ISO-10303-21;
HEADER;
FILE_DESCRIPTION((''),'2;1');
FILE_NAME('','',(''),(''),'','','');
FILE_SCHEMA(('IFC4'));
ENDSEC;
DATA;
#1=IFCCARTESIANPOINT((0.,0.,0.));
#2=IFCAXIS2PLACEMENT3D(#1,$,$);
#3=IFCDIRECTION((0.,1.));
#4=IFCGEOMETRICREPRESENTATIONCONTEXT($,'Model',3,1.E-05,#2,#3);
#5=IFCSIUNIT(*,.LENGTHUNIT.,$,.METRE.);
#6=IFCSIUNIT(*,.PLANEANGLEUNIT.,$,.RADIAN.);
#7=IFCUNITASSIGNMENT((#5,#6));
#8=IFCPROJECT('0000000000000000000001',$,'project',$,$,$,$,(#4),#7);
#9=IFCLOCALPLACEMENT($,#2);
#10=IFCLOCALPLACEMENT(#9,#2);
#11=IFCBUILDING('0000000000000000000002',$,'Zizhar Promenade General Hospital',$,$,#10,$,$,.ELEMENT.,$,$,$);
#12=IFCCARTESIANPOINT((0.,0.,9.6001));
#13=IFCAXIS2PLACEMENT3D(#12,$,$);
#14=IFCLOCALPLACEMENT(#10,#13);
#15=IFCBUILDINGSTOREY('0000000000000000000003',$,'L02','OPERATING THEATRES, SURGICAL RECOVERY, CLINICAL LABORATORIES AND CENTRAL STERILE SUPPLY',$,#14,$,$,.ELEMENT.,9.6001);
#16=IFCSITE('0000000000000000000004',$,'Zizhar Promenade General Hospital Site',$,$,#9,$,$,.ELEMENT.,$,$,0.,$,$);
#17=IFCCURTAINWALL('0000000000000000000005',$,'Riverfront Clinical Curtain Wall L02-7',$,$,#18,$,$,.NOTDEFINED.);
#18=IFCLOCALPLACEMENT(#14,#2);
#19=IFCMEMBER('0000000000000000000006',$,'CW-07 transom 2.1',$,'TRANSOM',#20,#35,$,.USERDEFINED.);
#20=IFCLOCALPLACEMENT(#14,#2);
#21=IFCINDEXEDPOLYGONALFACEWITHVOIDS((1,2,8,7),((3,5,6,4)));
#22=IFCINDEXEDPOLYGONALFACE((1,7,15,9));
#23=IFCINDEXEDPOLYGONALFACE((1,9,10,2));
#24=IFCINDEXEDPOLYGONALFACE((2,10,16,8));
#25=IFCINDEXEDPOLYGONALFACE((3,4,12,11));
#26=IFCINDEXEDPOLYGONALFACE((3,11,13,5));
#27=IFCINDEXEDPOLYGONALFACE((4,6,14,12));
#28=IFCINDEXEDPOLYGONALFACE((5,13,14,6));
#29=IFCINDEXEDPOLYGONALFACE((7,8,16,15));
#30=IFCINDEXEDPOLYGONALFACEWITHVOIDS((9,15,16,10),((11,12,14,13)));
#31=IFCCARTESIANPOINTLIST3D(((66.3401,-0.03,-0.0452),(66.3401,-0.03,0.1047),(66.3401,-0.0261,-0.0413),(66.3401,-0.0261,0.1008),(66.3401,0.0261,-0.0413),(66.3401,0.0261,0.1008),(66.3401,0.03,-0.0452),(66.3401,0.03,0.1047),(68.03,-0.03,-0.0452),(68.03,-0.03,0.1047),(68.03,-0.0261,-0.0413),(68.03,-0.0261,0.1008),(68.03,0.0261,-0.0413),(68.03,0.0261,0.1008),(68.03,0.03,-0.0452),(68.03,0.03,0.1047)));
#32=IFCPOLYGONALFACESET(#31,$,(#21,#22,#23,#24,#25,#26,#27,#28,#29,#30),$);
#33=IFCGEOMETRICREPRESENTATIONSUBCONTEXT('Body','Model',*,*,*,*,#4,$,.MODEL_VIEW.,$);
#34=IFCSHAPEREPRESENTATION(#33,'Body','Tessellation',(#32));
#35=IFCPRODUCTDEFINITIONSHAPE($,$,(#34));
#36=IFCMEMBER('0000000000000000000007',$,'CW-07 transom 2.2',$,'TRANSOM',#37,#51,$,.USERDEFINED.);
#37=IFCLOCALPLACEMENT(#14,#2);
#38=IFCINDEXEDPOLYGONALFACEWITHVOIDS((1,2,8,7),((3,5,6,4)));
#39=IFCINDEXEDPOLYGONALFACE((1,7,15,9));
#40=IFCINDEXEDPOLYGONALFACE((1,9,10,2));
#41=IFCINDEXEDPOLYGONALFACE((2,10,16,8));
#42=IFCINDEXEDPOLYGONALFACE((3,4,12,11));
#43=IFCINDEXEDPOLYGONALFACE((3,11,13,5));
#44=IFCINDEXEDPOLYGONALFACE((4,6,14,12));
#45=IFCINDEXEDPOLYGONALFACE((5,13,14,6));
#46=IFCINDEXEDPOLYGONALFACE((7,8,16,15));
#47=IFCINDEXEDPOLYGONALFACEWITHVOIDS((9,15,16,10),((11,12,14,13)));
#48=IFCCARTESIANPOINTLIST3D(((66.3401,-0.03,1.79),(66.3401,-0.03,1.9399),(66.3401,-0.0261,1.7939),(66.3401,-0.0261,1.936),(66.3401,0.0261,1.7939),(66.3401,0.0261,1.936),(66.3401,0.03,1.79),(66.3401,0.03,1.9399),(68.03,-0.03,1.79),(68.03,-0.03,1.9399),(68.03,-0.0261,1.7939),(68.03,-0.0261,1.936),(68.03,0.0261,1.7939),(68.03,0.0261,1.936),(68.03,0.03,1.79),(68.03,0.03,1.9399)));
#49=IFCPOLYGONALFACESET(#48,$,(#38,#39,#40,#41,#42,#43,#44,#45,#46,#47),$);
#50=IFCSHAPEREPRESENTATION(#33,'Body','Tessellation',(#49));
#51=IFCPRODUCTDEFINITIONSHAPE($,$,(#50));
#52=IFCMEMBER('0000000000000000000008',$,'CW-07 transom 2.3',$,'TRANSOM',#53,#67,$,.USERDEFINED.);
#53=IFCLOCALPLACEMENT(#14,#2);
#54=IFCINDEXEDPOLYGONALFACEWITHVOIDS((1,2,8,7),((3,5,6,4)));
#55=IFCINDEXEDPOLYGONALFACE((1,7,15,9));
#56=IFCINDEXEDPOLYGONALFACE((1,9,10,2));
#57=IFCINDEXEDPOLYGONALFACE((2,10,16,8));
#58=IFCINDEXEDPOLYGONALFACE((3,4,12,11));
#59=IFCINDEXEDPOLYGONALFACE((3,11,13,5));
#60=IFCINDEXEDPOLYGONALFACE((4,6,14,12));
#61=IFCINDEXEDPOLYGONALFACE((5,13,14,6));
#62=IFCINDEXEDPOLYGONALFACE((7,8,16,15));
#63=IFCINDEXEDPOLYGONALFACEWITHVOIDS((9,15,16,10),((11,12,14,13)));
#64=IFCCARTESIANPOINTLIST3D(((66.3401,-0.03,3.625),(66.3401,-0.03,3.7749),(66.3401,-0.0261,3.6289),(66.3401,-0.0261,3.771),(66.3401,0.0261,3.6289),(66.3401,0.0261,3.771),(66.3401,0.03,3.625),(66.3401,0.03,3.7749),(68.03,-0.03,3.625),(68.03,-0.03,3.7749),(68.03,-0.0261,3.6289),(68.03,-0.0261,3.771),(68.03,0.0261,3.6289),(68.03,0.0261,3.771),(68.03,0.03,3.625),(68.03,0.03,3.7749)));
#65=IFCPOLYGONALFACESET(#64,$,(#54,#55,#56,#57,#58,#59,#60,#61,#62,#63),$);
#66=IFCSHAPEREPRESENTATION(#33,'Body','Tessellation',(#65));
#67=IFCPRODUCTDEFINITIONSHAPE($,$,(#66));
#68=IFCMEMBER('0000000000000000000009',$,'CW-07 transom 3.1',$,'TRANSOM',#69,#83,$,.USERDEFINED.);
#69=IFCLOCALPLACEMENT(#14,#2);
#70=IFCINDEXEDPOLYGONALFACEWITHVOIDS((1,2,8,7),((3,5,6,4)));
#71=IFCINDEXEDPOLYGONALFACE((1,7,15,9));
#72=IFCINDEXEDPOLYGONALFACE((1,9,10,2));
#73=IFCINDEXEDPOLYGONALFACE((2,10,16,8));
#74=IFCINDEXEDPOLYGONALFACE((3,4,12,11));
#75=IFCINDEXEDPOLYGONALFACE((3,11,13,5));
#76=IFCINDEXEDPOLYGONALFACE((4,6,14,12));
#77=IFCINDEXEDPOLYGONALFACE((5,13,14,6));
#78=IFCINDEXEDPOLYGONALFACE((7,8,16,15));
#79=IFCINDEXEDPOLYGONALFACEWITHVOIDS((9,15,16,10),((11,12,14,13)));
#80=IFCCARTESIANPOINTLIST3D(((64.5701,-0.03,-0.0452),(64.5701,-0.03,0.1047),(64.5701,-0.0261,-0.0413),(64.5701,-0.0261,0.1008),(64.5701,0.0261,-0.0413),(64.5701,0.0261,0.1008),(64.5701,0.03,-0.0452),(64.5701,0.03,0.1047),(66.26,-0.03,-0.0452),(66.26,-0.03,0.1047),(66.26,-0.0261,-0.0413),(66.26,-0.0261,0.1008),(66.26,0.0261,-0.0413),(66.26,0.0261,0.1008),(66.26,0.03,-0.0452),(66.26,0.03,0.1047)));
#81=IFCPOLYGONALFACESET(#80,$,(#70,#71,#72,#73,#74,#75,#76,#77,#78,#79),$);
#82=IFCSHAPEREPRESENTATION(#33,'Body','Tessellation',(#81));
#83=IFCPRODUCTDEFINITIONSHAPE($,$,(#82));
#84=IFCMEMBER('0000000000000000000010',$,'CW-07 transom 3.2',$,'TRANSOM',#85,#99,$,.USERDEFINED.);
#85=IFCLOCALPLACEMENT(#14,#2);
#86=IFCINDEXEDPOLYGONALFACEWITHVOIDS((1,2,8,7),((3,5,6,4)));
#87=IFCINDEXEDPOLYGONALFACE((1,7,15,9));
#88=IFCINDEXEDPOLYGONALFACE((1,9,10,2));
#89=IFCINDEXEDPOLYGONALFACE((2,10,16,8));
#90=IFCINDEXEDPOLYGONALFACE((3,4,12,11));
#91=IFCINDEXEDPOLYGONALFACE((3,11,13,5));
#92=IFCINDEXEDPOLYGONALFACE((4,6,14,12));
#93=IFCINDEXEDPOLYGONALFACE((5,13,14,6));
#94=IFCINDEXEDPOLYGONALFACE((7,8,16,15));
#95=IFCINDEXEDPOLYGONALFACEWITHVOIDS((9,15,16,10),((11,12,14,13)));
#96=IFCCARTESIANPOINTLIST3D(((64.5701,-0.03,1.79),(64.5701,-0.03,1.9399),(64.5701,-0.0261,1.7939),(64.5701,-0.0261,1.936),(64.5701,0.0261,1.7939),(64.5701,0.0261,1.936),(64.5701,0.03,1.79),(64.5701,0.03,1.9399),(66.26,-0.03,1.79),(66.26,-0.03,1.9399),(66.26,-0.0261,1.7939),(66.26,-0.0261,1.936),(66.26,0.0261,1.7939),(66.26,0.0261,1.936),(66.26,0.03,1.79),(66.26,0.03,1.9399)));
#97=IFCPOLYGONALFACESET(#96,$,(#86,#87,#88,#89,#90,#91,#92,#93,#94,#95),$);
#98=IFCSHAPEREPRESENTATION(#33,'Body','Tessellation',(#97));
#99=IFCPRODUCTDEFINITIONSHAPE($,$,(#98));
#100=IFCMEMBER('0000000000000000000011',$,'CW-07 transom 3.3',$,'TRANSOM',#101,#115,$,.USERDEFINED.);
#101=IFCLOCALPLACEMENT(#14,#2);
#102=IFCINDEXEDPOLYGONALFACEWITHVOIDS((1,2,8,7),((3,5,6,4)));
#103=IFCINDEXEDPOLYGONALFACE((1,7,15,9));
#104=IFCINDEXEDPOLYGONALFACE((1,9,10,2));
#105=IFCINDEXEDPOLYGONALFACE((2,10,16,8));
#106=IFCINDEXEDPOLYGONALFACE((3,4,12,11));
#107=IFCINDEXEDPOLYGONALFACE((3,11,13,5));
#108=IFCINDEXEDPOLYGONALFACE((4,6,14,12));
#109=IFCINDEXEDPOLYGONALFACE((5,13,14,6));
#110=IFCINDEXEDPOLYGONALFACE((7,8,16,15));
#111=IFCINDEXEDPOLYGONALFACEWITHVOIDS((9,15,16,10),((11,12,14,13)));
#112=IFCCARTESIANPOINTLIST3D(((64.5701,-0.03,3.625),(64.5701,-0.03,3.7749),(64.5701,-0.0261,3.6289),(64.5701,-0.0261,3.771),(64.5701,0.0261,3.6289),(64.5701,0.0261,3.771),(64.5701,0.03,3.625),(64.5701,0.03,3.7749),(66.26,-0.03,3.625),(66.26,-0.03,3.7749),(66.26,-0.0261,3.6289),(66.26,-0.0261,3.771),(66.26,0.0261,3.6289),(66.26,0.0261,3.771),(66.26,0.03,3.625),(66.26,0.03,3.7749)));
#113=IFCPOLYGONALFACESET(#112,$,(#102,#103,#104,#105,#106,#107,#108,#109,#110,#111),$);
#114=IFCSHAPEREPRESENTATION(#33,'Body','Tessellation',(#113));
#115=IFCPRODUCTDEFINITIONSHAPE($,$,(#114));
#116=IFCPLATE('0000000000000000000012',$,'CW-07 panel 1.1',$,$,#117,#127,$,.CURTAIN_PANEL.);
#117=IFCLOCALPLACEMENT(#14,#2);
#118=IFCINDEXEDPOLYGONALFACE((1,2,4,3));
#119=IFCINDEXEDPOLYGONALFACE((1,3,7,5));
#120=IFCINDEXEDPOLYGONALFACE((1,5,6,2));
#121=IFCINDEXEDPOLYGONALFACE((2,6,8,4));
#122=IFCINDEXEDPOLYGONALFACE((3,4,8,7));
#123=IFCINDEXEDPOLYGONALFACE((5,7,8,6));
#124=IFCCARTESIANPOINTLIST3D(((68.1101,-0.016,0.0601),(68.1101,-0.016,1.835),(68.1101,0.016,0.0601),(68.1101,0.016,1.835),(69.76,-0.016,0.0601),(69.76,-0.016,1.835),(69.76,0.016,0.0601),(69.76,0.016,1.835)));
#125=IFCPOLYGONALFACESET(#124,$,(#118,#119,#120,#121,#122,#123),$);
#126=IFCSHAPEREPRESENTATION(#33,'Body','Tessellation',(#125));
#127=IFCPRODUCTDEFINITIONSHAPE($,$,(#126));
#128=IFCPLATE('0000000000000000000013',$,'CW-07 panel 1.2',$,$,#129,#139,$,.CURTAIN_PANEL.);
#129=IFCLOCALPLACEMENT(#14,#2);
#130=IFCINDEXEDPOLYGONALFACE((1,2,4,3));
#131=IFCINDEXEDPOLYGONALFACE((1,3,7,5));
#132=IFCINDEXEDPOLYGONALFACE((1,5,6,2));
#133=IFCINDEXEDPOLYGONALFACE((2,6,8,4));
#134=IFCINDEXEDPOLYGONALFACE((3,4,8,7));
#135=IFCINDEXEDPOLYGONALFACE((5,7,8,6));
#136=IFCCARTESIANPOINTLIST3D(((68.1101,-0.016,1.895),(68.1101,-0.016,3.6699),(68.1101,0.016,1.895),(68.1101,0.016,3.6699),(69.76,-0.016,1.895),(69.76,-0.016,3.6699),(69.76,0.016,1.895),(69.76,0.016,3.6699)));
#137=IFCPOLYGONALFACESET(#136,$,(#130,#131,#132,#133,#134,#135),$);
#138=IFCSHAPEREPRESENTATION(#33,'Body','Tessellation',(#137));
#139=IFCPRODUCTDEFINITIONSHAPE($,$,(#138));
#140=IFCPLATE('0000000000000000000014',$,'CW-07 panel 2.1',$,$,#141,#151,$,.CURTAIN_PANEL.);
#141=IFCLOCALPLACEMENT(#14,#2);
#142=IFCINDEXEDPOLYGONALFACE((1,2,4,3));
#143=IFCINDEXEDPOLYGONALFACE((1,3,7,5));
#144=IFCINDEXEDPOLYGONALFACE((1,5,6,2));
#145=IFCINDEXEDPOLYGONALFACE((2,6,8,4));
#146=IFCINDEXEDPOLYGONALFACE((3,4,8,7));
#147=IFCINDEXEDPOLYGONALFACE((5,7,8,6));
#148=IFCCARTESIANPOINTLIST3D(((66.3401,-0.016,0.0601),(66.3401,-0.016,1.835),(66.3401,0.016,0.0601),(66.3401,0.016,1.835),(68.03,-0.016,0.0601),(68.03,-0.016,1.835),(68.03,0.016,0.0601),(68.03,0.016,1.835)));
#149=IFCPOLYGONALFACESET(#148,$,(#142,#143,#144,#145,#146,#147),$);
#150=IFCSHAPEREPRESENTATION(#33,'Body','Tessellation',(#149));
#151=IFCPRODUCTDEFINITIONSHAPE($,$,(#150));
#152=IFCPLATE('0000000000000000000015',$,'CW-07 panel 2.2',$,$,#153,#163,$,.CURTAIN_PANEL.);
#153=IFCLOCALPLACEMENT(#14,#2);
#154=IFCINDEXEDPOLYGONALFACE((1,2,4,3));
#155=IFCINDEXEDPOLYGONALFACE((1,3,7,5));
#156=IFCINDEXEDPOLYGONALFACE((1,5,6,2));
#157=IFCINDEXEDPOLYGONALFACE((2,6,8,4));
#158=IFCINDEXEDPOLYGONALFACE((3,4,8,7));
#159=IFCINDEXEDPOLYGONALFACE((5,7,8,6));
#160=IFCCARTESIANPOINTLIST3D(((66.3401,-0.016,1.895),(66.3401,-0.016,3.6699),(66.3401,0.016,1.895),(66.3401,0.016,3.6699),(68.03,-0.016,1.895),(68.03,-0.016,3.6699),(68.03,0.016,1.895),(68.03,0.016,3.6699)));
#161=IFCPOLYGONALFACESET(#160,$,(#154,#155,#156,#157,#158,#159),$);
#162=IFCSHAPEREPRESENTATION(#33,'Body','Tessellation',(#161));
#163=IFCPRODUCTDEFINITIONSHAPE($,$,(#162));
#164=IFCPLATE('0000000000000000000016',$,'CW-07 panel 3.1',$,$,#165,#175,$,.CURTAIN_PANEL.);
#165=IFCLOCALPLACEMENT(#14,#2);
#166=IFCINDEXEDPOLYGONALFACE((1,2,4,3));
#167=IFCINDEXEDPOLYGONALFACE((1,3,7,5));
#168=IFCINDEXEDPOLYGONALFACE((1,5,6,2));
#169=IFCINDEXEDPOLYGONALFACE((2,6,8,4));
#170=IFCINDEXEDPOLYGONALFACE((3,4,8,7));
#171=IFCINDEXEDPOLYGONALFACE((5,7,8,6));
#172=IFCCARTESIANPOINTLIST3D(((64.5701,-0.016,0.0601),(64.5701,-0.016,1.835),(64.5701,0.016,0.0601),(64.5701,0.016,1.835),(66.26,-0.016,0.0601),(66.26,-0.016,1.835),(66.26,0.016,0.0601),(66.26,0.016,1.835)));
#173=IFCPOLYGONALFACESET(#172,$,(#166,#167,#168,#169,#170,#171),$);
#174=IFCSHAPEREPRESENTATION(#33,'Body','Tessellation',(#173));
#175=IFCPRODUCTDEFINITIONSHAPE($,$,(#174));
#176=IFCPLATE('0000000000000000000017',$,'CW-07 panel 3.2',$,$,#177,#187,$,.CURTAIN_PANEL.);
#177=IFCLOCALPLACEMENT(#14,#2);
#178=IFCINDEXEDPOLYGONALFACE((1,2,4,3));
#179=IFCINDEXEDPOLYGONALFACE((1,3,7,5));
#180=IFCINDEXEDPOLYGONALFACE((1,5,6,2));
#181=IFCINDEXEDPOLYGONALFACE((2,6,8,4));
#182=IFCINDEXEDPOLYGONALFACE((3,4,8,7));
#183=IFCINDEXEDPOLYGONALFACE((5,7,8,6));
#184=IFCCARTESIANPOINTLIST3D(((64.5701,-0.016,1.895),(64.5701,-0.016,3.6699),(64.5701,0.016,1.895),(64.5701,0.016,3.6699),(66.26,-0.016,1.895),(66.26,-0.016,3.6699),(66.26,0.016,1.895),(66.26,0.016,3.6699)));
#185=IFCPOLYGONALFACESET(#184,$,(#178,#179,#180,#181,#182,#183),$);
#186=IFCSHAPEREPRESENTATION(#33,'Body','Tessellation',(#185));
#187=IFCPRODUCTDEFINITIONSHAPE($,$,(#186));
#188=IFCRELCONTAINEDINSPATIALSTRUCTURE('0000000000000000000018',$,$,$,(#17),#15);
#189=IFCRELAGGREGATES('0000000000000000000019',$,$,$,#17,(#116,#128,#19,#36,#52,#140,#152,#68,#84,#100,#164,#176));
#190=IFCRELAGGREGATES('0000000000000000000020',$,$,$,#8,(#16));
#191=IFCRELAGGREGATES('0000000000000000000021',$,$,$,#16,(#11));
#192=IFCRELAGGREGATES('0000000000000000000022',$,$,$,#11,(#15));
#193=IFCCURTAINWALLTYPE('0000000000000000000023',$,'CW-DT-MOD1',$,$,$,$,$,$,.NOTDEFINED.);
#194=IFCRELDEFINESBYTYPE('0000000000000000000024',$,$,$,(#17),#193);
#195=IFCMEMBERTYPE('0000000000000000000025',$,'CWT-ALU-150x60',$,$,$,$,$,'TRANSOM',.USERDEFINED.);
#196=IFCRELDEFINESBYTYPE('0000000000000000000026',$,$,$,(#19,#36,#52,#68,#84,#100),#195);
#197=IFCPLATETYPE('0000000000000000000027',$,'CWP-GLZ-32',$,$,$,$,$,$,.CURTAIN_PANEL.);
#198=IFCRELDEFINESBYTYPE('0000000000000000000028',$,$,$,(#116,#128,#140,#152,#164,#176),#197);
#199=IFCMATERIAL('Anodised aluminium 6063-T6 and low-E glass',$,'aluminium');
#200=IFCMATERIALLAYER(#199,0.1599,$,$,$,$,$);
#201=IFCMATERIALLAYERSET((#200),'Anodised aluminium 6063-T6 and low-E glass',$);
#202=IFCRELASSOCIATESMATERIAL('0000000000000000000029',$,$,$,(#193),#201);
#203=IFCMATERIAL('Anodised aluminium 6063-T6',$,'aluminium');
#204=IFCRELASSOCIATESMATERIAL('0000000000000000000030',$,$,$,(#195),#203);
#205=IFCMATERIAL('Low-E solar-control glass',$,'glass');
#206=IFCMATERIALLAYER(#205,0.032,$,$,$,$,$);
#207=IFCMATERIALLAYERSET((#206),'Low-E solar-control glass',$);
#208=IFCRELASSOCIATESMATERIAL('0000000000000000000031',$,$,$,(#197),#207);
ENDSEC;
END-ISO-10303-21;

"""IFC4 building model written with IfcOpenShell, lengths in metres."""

from ifc_helpers import new_model, si_unit, direction, frame, origin, origin_2d, place, context, subcontext, project, spatial, rectangle, hollow_rectangle, extrude, material, layer, layer_set, material_profile, profile_set, type_object, element, aggregate, save


model = new_model("IFC4")

# Units and contexts
model_context = context("Model", 3, precision=1e-05, world=origin(), true_north=direction((0.0, 1.0)))
body_context = subcontext(model_context, "Body", "Model", "MODEL_VIEW")
ifc_project = project(units=[si_unit("LENGTHUNIT", "METRE"), si_unit("PLANEANGLEUNIT", "RADIAN")], contexts=[model_context])

# Site, building, storey
site_placement = place(None, origin())
site = spatial("IfcSite", under=ifc_project, at=site_placement, Name="Zizhar Promenade General Hospital Site", CompositionType="ELEMENT", RefElevation=0.0)
building_placement = place(site_placement, origin())
building = spatial("IfcBuilding", under=site, at=building_placement, Name="Zizhar Promenade General Hospital", CompositionType="ELEMENT")
storey_placement = place(building_placement, frame((0.0, 0.0, 9.6001)))
storey = spatial("IfcBuildingStorey", under=building, at=storey_placement, Name="L02", Description="OPERATING THEATRES, SURGICAL RECOVERY, CLINICAL LABORATORIES AND CENTRAL STERILE SUPPLY", CompositionType="ELEMENT", Elevation=9.6001)

# Curtain wall, members, plates
ifc_material_1 = material(Name="Anodised aluminium 6063-T6 and low-E glass", Category="aluminium")
ifc_layer_1 = layer(ifc_material_1, 0.1599)
ifc_layer_set_1 = layer_set([ifc_layer_1], Name="Anodised aluminium 6063-T6 and low-E glass")
curtain_wall_type = type_object("IfcCurtainWallType", Name="CW-DT-MOD1", PredefinedType="NOTDEFINED", material=ifc_layer_set_1)
curtain_wall_placement = place(storey_placement, origin())
curtain_wall = element("IfcCurtainWall", 1, at=curtain_wall_placement, inside=storey, type_object=curtain_wall_type, Name="Riverfront Clinical Curtain Wall L02-7", PredefinedType="NOTDEFINED")
ifc_material_2 = material(Name="Anodised aluminium 6063-T6", Category="aluminium")
ifc_material_profile_1 = material_profile(ifc_material_2, hollow_rectangle(XDim=0.0601, YDim=0.1499, WallThickness=0.0039, at=origin_2d()))
ifc_profile_set_1 = profile_set([ifc_material_profile_1], Name="Anodised aluminium 6063-T6")
member_type_1 = type_object("IfcMemberType", Name="CWT-ALU-150x60", ElementType="TRANSOM", PredefinedType="USERDEFINED", material=ifc_profile_set_1)
member_1_placement = place(storey_placement, frame((68.03, 0.0, 0.0298), z_axis=(-1.0, 0.0, 0.0), x_axis=(0.0, -1.0, 0.0)))
member_1 = element("IfcMember", 2, at=member_1_placement, type_object=member_type_1, Name="CW-07 transom 2.1", ObjectType="TRANSOM", PredefinedType="USERDEFINED", context=body_context, shape_type="SweptSolid", body=[
    extrude(hollow_rectangle(XDim=0.0601, YDim=0.1499, WallThickness=0.0039, at=origin_2d()), origin(), (0.0, 0.0, 1.0), 1.6899),
])
member_2_placement = place(storey_placement, frame((68.03, 0.0, 1.865), z_axis=(-1.0, 0.0, 0.0), x_axis=(0.0, -1.0, 0.0)))
member_2 = element("IfcMember", 3, at=member_2_placement, type_object=member_type_1, Name="CW-07 transom 2.2", ObjectType="TRANSOM", PredefinedType="USERDEFINED", context=body_context, shape_type="SweptSolid", body=[
    extrude(hollow_rectangle(XDim=0.0601, YDim=0.1499, WallThickness=0.0039, at=origin_2d()), origin(), (0.0, 0.0, 1.0), 1.6899),
])
member_3_placement = place(storey_placement, frame((68.03, 0.0, 3.7), z_axis=(-1.0, 0.0, 0.0), x_axis=(0.0, -1.0, 0.0)))
member_3 = element("IfcMember", 4, at=member_3_placement, type_object=member_type_1, Name="CW-07 transom 2.3", ObjectType="TRANSOM", PredefinedType="USERDEFINED", context=body_context, shape_type="SweptSolid", body=[
    extrude(hollow_rectangle(XDim=0.0601, YDim=0.1499, WallThickness=0.0039, at=origin_2d()), origin(), (0.0, 0.0, 1.0), 1.6899),
])
member_4_placement = place(storey_placement, frame((66.26, 0.0, 0.0298), z_axis=(-1.0, 0.0, 0.0), x_axis=(0.0, -1.0, 0.0)))
member_4 = element("IfcMember", 5, at=member_4_placement, type_object=member_type_1, Name="CW-07 transom 3.1", ObjectType="TRANSOM", PredefinedType="USERDEFINED", context=body_context, shape_type="SweptSolid", body=[
    extrude(hollow_rectangle(XDim=0.0601, YDim=0.1499, WallThickness=0.0039, at=origin_2d()), origin(), (0.0, 0.0, 1.0), 1.6899),
])
member_5_placement = place(storey_placement, frame((66.26, 0.0, 1.865), z_axis=(-1.0, 0.0, 0.0), x_axis=(0.0, -1.0, 0.0)))
member_5 = element("IfcMember", 6, at=member_5_placement, type_object=member_type_1, Name="CW-07 transom 3.2", ObjectType="TRANSOM", PredefinedType="USERDEFINED", context=body_context, shape_type="SweptSolid", body=[
    extrude(hollow_rectangle(XDim=0.0601, YDim=0.1499, WallThickness=0.0039, at=origin_2d()), origin(), (0.0, 0.0, 1.0), 1.6899),
])
member_6_placement = place(storey_placement, frame((66.26, 0.0, 3.7), z_axis=(-1.0, 0.0, 0.0), x_axis=(0.0, -1.0, 0.0)))
member_6 = element("IfcMember", 7, at=member_6_placement, type_object=member_type_1, Name="CW-07 transom 3.3", ObjectType="TRANSOM", PredefinedType="USERDEFINED", context=body_context, shape_type="SweptSolid", body=[
    extrude(hollow_rectangle(XDim=0.0601, YDim=0.1499, WallThickness=0.0039, at=origin_2d()), origin(), (0.0, 0.0, 1.0), 1.6899),
])
ifc_material_3 = material(Name="Low-E solar-control glass", Category="glass")
ifc_layer_2 = layer(ifc_material_3, 0.032)
ifc_layer_set_2 = layer_set([ifc_layer_2], Name="Low-E solar-control glass")
plate_type = type_object("IfcPlateType", Name="CWP-GLZ-32", PredefinedType="CURTAIN_PANEL", material=ifc_layer_set_2)
plate_1_placement = place(storey_placement, frame((68.9351, 0.0, 0.0601), z_axis=(0.0, 0.0, 1.0), x_axis=(-1.0, 0.0, 0.0)))
plate_1 = element("IfcPlate", 8, at=plate_1_placement, type_object=plate_type, Name="CW-07 panel 1.1", PredefinedType="CURTAIN_PANEL", context=body_context, shape_type="SweptSolid", body=[
    extrude(rectangle(XDim=1.6499, YDim=0.032, at=origin_2d()), origin(), (0.0, 0.0, 1.0), 1.7749),
])
plate_2_placement = place(storey_placement, frame((68.9351, 0.0, 1.895), z_axis=(0.0, 0.0, 1.0), x_axis=(-1.0, 0.0, 0.0)))
plate_2 = element("IfcPlate", 9, at=plate_2_placement, type_object=plate_type, Name="CW-07 panel 1.2", PredefinedType="CURTAIN_PANEL", context=body_context, shape_type="SweptSolid", body=[
    extrude(rectangle(XDim=1.6499, YDim=0.032, at=origin_2d()), origin(), (0.0, 0.0, 1.0), 1.7749),
])
plate_3_placement = place(storey_placement, frame((67.1851, 0.0, 0.0601), z_axis=(0.0, 0.0, 1.0), x_axis=(-1.0, 0.0, 0.0)))
plate_3 = element("IfcPlate", 10, at=plate_3_placement, type_object=plate_type, Name="CW-07 panel 2.1", PredefinedType="CURTAIN_PANEL", context=body_context, shape_type="SweptSolid", body=[
    extrude(rectangle(XDim=1.6899, YDim=0.032, at=origin_2d()), origin(), (0.0, 0.0, 1.0), 1.7749),
])
plate_4_placement = place(storey_placement, frame((67.1851, 0.0, 1.895), z_axis=(0.0, 0.0, 1.0), x_axis=(-1.0, 0.0, 0.0)))
plate_4 = element("IfcPlate", 11, at=plate_4_placement, type_object=plate_type, Name="CW-07 panel 2.2", PredefinedType="CURTAIN_PANEL", context=body_context, shape_type="SweptSolid", body=[
    extrude(rectangle(XDim=1.6899, YDim=0.032, at=origin_2d()), origin(), (0.0, 0.0, 1.0), 1.7749),
])
plate_5_placement = place(storey_placement, frame((65.415, 0.0, 0.0601), z_axis=(0.0, 0.0, 1.0), x_axis=(-1.0, 0.0, 0.0)))
plate_5 = element("IfcPlate", 12, at=plate_5_placement, type_object=plate_type, Name="CW-07 panel 3.1", PredefinedType="CURTAIN_PANEL", context=body_context, shape_type="SweptSolid", body=[
    extrude(rectangle(XDim=1.6899, YDim=0.032, at=origin_2d()), origin(), (0.0, 0.0, 1.0), 1.7749),
])
plate_6_placement = place(storey_placement, frame((65.415, 0.0, 1.895), z_axis=(0.0, 0.0, 1.0), x_axis=(-1.0, 0.0, 0.0)))
plate_6 = element("IfcPlate", 13, at=plate_6_placement, type_object=plate_type, Name="CW-07 panel 3.2", PredefinedType="CURTAIN_PANEL", context=body_context, shape_type="SweptSolid", body=[
    extrude(rectangle(XDim=1.6899, YDim=0.032, at=origin_2d()), origin(), (0.0, 0.0, 1.0), 1.7749),
])
aggregate(curtain_wall, [plate_1, plate_2, member_1, member_2, member_3, plate_3, plate_4, member_4, member_5, member_6, plate_5, plate_6])

save(model, "model.ifc")
